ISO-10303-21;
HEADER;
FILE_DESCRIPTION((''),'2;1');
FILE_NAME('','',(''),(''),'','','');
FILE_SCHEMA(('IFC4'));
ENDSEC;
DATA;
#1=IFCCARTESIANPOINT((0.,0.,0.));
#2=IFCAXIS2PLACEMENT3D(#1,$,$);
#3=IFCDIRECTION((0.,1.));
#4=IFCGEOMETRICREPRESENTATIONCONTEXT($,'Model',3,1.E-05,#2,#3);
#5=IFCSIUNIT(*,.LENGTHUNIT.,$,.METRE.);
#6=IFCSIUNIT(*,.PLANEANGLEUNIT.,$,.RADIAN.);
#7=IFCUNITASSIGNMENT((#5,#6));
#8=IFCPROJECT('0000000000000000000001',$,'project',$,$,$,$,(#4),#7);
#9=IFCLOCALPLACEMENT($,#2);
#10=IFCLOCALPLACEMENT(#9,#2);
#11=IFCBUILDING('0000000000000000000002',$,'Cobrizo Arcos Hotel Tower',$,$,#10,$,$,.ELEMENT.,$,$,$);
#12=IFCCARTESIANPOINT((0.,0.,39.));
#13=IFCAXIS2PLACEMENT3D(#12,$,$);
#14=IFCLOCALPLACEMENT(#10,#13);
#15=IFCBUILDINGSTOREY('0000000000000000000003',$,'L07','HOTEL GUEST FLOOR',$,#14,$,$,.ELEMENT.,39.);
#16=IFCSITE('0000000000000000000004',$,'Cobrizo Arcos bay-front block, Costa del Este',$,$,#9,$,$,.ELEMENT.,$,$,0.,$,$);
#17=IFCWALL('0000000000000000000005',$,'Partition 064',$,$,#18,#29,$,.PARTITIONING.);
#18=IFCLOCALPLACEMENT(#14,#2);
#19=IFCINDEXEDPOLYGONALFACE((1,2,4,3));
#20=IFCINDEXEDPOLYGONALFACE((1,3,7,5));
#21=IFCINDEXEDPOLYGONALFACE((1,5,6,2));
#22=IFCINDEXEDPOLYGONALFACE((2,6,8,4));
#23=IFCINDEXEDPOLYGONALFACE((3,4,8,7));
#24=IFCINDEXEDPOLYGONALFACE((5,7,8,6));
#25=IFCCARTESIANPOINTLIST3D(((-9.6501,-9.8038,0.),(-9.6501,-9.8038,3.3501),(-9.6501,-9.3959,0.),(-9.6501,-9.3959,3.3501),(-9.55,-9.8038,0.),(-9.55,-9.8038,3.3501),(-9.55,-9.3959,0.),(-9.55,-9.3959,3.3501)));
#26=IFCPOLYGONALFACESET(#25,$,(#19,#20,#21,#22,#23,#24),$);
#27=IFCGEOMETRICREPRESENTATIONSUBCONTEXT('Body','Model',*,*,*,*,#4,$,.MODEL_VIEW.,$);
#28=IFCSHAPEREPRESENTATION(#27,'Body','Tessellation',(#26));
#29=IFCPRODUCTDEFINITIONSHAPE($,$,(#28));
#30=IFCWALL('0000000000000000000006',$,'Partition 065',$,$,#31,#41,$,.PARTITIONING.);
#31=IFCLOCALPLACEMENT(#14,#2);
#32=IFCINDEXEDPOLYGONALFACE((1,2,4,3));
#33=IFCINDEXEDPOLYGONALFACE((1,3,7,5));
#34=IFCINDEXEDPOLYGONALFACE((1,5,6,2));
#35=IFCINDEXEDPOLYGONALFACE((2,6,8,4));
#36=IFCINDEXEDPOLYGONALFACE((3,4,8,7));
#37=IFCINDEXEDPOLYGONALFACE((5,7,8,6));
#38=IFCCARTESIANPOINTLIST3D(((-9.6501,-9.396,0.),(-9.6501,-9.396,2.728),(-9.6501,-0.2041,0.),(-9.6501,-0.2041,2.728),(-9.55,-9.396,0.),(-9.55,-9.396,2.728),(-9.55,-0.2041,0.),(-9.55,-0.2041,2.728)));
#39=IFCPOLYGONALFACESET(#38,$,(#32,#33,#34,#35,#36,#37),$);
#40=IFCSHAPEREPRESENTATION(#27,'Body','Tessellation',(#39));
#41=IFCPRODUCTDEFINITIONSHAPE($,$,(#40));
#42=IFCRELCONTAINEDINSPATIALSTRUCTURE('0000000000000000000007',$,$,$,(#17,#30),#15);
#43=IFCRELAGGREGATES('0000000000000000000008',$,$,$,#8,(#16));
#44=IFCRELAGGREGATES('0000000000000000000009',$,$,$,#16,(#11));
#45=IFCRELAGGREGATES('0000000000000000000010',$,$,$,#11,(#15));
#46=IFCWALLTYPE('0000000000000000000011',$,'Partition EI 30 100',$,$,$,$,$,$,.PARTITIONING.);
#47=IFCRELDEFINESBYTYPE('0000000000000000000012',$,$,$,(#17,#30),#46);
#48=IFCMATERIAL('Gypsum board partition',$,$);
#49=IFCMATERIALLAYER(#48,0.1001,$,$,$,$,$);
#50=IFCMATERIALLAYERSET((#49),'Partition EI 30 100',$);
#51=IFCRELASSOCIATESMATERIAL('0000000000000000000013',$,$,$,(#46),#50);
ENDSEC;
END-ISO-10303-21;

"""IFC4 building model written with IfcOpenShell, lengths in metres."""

from ifc_helpers import new_model, si_unit, direction, frame, frame_2d, origin, place, context, subcontext, project, spatial, rectangle, extrude, material, layer, layer_set, type_object, element, save


model = new_model("IFC4")

# Units and contexts
model_context = context("Model", 3, precision=1e-05, world=origin(), true_north=direction((0.0, 1.0)))
body_context = subcontext(model_context, "Body", "Model", "MODEL_VIEW")
ifc_project = project(units=[si_unit("LENGTHUNIT", "METRE"), si_unit("PLANEANGLEUNIT", "RADIAN")], contexts=[model_context])

# Site, building, storey
site_placement = place(None, origin())
site = spatial("IfcSite", under=ifc_project, at=site_placement, Name="Cobrizo Arcos bay-front block, Costa del Este", CompositionType="ELEMENT", RefElevation=0.0)
building_placement = place(site_placement, origin())
building = spatial("IfcBuilding", under=site, at=building_placement, Name="Cobrizo Arcos Hotel Tower", CompositionType="ELEMENT")
storey_placement = place(building_placement, frame((0.0, 0.0, 39.0)))
storey = spatial("IfcBuildingStorey", under=building, at=storey_placement, Name="L07", Description="HOTEL GUEST FLOOR", CompositionType="ELEMENT", Elevation=39.0)

# Walls
ifc_material_1 = material(Name="Gypsum board partition")
ifc_layer_1 = layer(ifc_material_1, 0.1001)
ifc_layer_set_1 = layer_set([ifc_layer_1], Name="Partition EI 30 100")
wall_type_1 = type_object("IfcWallType", Name="Partition EI 30 100", PredefinedType="PARTITIONING", material=ifc_layer_set_1)
wall_1_placement = place(storey_placement, frame((-9.6001, -9.804, 0.0), z_axis=(0.0, 0.0, 1.0), x_axis=(0.0, 1.0, 0.0)))
element("IfcWall", 1, at=wall_1_placement, inside=storey, type_object=wall_type_1, Name="Partition 064", PredefinedType="PARTITIONING", context=body_context, shape_type="SweptSolid", body=[
    extrude(rectangle(XDim=0.408, YDim=0.1001, at=frame_2d((0.2041, 0.0))), origin(), (0.0, 0.0, 1.0), 3.3501),
])
wall_2_placement = place(storey_placement, frame((-9.6001, -9.396, 0.0), z_axis=(0.0, 0.0, 1.0), x_axis=(0.0, 1.0, 0.0)))
element("IfcWall", 2, at=wall_2_placement, inside=storey, type_object=wall_type_1, Name="Partition 065", PredefinedType="PARTITIONING", context=body_context, shape_type="SweptSolid", body=[
    extrude(rectangle(XDim=9.1919, YDim=0.1001, at=frame_2d((4.5959, 0.0))), origin(), (0.0, 0.0, 1.0), 2.728),
])

save(model, "model.ifc")
